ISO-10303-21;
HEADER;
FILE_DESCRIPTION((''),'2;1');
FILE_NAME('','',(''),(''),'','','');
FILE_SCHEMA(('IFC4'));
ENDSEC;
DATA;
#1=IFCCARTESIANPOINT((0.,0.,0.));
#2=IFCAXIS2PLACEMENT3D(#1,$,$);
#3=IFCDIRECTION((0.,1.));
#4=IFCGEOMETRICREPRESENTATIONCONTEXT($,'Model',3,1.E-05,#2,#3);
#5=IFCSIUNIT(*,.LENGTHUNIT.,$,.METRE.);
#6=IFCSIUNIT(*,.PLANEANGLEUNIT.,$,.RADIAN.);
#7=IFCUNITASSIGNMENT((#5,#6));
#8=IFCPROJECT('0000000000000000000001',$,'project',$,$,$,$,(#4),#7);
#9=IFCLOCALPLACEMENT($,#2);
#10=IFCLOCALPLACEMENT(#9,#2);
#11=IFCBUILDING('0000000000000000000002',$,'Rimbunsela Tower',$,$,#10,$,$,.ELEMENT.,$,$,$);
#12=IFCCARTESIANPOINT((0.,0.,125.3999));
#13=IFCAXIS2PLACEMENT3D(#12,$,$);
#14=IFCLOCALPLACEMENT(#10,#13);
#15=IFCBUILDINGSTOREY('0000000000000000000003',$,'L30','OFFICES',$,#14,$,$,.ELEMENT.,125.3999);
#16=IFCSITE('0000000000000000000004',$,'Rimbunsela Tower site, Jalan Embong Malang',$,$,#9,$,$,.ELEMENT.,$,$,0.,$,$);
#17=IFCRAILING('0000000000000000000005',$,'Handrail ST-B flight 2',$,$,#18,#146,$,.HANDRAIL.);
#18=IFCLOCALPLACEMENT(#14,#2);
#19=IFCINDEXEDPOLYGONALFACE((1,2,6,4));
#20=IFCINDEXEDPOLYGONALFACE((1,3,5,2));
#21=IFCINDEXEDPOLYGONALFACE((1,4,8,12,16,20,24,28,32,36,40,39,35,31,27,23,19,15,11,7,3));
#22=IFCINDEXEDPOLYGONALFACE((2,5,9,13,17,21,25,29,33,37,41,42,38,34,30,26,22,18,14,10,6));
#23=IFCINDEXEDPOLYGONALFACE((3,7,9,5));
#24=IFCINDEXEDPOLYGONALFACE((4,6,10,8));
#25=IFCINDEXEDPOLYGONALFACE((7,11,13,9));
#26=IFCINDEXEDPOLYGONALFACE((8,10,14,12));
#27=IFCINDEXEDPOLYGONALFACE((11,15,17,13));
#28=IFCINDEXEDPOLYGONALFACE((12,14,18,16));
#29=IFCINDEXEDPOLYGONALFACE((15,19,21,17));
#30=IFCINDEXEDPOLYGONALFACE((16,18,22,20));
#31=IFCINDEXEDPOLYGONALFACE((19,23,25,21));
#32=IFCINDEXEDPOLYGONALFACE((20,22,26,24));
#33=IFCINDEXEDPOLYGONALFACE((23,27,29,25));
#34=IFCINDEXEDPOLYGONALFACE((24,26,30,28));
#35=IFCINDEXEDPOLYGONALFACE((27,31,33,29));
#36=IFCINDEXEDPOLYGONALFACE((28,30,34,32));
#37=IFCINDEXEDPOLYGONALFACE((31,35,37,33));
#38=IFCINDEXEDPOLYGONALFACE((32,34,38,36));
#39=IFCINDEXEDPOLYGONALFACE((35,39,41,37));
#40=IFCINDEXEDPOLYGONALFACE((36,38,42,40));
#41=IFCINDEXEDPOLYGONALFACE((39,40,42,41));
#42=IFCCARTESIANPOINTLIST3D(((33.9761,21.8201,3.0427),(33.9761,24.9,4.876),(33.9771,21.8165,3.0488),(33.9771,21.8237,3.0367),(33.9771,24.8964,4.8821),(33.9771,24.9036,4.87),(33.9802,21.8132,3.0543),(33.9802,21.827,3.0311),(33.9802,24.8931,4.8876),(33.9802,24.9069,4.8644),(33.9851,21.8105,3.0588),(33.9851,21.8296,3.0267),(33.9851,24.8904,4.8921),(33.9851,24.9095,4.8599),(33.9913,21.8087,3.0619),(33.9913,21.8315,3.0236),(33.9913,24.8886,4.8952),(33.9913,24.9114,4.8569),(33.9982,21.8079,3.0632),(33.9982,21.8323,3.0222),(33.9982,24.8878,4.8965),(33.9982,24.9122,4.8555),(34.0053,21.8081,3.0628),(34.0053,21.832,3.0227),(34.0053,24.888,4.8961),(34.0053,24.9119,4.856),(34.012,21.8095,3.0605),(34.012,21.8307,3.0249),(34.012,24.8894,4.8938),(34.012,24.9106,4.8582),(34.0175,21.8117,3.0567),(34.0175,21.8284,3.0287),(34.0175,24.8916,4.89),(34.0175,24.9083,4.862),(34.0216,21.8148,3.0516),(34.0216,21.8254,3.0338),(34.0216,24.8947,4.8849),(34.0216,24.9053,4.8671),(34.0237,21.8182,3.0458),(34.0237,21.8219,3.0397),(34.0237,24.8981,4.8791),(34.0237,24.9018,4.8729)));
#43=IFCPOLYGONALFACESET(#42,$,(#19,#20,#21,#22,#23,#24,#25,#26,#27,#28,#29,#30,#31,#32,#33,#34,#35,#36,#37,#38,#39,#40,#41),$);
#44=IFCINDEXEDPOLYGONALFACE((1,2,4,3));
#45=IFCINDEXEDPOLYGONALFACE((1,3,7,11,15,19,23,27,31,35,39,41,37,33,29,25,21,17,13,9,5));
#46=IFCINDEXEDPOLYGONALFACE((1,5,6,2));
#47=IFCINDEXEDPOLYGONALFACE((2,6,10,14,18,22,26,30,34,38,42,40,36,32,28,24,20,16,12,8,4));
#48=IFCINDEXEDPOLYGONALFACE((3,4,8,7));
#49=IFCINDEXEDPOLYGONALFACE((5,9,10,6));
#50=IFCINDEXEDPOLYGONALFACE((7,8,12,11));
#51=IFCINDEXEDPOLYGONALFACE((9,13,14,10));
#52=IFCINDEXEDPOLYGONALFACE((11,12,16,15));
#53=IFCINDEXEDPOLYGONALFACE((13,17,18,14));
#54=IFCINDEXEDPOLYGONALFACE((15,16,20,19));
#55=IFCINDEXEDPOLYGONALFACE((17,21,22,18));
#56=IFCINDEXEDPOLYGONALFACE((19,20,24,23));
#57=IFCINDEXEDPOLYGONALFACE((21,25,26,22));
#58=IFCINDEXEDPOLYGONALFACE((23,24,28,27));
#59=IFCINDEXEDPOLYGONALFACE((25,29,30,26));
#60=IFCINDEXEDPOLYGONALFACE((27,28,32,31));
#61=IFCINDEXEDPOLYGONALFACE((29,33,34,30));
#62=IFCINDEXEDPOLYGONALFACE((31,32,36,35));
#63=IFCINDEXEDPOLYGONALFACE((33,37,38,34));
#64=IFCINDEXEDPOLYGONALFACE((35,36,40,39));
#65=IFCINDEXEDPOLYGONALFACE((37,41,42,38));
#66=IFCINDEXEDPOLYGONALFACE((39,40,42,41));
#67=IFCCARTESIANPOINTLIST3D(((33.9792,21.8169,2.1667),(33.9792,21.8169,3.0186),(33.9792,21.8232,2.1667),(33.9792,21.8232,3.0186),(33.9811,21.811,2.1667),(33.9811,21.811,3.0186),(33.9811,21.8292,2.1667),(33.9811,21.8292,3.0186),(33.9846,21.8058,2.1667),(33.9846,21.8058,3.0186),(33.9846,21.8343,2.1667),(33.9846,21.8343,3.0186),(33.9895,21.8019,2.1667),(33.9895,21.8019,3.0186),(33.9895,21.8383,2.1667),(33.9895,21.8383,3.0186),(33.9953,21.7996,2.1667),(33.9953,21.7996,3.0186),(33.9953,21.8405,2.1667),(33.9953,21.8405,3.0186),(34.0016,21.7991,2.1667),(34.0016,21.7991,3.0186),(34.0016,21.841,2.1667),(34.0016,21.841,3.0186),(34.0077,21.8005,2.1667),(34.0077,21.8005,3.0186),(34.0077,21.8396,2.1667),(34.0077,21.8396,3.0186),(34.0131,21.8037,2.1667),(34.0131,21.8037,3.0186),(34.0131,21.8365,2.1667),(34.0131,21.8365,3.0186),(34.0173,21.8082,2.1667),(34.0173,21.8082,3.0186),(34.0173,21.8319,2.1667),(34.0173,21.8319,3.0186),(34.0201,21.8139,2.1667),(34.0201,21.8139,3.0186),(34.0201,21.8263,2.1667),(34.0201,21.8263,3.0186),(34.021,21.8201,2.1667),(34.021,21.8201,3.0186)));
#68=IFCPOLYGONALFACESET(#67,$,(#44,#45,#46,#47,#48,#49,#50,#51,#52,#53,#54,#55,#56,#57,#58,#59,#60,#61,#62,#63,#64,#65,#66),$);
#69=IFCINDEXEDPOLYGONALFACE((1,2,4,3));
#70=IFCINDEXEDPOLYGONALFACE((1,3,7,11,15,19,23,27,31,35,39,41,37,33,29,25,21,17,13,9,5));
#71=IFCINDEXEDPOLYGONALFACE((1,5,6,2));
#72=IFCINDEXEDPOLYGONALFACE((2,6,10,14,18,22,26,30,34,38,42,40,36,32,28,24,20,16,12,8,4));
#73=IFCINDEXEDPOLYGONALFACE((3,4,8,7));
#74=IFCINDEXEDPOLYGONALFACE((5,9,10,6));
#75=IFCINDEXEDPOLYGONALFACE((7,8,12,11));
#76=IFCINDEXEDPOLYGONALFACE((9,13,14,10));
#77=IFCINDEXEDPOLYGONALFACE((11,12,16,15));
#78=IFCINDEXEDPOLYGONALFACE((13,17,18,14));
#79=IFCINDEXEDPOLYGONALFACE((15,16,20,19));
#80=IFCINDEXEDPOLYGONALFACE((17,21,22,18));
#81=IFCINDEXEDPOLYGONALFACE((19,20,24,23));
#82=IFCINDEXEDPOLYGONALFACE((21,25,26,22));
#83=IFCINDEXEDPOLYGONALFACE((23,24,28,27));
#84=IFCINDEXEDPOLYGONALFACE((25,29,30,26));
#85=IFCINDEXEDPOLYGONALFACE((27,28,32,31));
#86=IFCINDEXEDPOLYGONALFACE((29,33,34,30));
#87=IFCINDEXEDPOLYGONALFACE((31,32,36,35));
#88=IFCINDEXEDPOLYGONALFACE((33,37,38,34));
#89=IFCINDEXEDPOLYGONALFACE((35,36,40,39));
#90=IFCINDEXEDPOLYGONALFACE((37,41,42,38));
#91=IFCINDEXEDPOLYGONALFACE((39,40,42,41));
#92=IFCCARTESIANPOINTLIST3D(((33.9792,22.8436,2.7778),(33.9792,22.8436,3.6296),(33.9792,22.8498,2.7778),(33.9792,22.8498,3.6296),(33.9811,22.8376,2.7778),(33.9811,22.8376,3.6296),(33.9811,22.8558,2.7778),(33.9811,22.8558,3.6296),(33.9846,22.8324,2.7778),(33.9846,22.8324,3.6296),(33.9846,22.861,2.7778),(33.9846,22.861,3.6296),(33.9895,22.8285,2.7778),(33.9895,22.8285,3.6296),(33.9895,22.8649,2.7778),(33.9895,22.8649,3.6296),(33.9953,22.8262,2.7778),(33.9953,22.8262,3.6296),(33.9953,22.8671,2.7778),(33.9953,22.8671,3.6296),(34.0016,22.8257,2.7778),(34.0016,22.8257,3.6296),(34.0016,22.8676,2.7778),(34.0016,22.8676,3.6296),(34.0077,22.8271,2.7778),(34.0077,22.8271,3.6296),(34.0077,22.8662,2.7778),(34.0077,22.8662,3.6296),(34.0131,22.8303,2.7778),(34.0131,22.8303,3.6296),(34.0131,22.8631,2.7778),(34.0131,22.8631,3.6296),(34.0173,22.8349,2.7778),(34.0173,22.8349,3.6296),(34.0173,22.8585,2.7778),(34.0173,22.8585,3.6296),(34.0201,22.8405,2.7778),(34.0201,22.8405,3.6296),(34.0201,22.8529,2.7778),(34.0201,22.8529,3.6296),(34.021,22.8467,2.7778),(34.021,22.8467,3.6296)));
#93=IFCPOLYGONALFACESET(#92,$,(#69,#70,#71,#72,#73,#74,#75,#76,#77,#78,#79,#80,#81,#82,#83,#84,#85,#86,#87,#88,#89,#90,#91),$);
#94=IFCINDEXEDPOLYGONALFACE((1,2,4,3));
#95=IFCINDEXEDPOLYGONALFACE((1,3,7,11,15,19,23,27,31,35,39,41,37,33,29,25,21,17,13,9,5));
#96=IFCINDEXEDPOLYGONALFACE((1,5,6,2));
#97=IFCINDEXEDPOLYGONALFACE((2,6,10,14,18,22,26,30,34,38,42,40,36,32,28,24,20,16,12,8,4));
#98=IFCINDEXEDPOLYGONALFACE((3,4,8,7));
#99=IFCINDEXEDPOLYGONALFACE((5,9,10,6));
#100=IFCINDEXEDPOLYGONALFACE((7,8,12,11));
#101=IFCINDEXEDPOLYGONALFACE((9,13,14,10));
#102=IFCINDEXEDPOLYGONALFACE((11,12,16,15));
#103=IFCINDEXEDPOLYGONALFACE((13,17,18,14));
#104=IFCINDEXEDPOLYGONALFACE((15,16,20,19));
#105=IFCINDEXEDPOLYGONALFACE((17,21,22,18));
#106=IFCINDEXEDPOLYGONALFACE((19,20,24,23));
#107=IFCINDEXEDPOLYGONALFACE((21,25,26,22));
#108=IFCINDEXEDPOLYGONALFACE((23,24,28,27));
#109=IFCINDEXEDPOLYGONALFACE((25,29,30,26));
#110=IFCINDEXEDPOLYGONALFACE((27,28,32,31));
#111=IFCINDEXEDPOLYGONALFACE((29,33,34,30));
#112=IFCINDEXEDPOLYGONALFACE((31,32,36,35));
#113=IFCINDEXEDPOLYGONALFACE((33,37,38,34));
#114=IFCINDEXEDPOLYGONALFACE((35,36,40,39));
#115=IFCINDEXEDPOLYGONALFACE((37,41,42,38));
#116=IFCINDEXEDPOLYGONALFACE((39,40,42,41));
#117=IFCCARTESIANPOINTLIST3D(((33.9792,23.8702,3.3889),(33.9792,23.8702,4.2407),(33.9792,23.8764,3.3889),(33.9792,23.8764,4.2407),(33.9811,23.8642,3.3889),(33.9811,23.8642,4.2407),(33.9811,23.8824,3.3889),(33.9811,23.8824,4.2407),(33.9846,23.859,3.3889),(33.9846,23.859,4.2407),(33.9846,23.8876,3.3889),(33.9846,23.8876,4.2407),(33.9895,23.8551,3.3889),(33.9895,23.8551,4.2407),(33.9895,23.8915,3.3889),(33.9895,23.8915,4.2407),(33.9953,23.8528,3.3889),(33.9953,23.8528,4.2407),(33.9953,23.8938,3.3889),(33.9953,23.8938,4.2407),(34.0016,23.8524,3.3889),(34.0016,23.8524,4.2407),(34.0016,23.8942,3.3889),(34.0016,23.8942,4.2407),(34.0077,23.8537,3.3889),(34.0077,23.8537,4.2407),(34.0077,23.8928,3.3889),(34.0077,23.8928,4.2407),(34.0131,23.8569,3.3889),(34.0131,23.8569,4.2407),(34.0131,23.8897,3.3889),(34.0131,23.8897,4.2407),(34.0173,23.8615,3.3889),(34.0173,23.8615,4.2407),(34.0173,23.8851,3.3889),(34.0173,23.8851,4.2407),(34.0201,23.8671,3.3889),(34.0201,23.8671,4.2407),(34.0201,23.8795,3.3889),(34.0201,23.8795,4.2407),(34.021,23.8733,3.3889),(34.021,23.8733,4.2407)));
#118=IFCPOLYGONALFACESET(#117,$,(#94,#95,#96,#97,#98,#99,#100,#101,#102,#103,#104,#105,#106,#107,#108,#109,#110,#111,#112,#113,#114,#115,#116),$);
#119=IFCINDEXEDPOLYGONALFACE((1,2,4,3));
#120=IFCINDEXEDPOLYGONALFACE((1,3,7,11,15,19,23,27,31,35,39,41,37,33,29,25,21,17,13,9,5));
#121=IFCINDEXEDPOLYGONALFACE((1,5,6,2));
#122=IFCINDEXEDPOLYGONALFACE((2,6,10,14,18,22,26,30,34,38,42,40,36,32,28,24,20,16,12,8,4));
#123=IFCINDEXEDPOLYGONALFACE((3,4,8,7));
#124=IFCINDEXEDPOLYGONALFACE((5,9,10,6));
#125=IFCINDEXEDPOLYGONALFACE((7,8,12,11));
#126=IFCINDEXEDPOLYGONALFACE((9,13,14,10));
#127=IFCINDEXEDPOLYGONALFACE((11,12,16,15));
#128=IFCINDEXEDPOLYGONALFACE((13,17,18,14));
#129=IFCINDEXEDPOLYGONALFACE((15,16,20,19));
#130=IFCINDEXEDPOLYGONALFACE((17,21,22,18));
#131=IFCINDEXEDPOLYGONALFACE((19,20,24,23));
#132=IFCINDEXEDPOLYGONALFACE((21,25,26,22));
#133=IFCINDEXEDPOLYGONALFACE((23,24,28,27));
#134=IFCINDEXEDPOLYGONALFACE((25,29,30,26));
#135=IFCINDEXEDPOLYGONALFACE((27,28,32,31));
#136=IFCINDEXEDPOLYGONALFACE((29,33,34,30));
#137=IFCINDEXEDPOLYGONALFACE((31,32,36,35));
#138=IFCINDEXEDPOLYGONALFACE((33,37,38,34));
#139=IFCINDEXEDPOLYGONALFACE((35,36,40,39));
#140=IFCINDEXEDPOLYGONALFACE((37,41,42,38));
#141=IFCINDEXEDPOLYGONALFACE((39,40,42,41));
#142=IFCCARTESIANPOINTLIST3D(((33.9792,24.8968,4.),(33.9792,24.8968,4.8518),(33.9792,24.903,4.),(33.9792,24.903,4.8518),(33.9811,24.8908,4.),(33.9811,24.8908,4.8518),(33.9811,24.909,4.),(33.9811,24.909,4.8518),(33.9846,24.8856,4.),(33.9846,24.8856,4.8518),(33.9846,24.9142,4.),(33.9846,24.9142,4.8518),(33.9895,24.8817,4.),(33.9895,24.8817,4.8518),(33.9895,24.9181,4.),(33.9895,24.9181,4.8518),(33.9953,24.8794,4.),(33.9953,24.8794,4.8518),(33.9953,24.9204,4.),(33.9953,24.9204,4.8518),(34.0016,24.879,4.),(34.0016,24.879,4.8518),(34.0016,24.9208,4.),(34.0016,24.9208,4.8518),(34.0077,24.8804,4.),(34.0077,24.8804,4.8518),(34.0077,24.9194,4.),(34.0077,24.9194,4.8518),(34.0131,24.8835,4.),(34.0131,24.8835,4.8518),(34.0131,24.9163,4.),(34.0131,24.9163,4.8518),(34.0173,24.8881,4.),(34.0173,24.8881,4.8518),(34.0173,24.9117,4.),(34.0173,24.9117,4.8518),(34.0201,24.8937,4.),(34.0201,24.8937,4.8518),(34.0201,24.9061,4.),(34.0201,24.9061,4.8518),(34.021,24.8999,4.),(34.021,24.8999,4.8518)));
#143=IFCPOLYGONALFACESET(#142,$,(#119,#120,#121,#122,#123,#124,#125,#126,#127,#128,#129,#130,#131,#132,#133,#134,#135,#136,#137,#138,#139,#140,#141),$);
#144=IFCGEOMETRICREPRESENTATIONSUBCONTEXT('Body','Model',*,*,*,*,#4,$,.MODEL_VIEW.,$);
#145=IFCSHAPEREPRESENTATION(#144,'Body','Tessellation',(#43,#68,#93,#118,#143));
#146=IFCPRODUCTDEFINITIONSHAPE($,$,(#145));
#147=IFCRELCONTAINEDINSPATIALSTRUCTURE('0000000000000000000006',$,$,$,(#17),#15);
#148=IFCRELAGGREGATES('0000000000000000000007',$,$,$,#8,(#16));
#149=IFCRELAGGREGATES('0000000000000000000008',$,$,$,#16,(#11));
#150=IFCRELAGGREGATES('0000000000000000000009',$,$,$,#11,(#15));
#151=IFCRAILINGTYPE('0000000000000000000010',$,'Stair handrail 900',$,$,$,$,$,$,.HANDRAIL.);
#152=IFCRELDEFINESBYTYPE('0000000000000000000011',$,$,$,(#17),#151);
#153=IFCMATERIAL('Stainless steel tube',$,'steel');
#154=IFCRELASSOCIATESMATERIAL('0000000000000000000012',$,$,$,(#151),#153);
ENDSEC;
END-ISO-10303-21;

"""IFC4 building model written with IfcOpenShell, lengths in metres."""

from ifc_helpers import new_model, si_unit, direction, frame, origin, origin_2d, place, context, subcontext, project, spatial, circle, extrude, material, type_object, element, save


model = new_model("IFC4")

# Units and contexts
model_context = context("Model", 3, precision=1e-05, world=origin(), true_north=direction((0.0, 1.0)))
body_context = subcontext(model_context, "Body", "Model", "MODEL_VIEW")
ifc_project = project(units=[si_unit("LENGTHUNIT", "METRE"), si_unit("PLANEANGLEUNIT", "RADIAN")], contexts=[model_context])

# Site, building, storey
site_placement = place(None, origin())
site = spatial("IfcSite", under=ifc_project, at=site_placement, Name="Rimbunsela Tower site, Jalan Embong Malang", CompositionType="ELEMENT", RefElevation=0.0)
building_placement = place(site_placement, origin())
building = spatial("IfcBuilding", under=site, at=building_placement, Name="Rimbunsela Tower", CompositionType="ELEMENT")
storey_placement = place(building_placement, frame((0.0, 0.0, 125.3999)))
storey = spatial("IfcBuildingStorey", under=building, at=storey_placement, Name="L30", Description="OFFICES", CompositionType="ELEMENT", Elevation=125.3999)

# Railing
ifc_material_1 = material(Name="Stainless steel tube", Category="steel")
railing_type = type_object("IfcRailingType", Name="Stair handrail 900", PredefinedType="HANDRAIL", material=ifc_material_1)
railing_1_placement = place(storey_placement, frame((34.0, 21.8201, 2.1667)))
element("IfcRailing", 1, at=railing_1_placement, inside=storey, type_object=railing_type, Name="Handrail ST-B flight 2", PredefinedType="HANDRAIL", context=body_context, shape_type="SweptSolid", body=[
    extrude(circle(Radius=0.0239, at=origin_2d()), frame((0.0, 0.0, 0.876), z_axis=(0.0, 0.859291, 0.511487), x_axis=(-1.0, 0.0, 0.0)), (0.0, 0.0, 1.0), 3.5842),
    extrude(circle(Radius=0.021, at=origin_2d()), origin(), (0.0, 0.0, 1.0), 0.8518),
    extrude(circle(Radius=0.021, at=origin_2d()), frame((0.0, 1.0266, 0.6111)), (0.0, 0.0, 1.0), 0.8518),
    extrude(circle(Radius=0.021, at=origin_2d()), frame((0.0, 2.0532, 1.2222)), (0.0, 0.0, 1.0), 0.8518),
    extrude(circle(Radius=0.021, at=origin_2d()), frame((0.0, 3.0798, 1.8333)), (0.0, 0.0, 1.0), 0.8518),
])

save(model, "model.ifc")
